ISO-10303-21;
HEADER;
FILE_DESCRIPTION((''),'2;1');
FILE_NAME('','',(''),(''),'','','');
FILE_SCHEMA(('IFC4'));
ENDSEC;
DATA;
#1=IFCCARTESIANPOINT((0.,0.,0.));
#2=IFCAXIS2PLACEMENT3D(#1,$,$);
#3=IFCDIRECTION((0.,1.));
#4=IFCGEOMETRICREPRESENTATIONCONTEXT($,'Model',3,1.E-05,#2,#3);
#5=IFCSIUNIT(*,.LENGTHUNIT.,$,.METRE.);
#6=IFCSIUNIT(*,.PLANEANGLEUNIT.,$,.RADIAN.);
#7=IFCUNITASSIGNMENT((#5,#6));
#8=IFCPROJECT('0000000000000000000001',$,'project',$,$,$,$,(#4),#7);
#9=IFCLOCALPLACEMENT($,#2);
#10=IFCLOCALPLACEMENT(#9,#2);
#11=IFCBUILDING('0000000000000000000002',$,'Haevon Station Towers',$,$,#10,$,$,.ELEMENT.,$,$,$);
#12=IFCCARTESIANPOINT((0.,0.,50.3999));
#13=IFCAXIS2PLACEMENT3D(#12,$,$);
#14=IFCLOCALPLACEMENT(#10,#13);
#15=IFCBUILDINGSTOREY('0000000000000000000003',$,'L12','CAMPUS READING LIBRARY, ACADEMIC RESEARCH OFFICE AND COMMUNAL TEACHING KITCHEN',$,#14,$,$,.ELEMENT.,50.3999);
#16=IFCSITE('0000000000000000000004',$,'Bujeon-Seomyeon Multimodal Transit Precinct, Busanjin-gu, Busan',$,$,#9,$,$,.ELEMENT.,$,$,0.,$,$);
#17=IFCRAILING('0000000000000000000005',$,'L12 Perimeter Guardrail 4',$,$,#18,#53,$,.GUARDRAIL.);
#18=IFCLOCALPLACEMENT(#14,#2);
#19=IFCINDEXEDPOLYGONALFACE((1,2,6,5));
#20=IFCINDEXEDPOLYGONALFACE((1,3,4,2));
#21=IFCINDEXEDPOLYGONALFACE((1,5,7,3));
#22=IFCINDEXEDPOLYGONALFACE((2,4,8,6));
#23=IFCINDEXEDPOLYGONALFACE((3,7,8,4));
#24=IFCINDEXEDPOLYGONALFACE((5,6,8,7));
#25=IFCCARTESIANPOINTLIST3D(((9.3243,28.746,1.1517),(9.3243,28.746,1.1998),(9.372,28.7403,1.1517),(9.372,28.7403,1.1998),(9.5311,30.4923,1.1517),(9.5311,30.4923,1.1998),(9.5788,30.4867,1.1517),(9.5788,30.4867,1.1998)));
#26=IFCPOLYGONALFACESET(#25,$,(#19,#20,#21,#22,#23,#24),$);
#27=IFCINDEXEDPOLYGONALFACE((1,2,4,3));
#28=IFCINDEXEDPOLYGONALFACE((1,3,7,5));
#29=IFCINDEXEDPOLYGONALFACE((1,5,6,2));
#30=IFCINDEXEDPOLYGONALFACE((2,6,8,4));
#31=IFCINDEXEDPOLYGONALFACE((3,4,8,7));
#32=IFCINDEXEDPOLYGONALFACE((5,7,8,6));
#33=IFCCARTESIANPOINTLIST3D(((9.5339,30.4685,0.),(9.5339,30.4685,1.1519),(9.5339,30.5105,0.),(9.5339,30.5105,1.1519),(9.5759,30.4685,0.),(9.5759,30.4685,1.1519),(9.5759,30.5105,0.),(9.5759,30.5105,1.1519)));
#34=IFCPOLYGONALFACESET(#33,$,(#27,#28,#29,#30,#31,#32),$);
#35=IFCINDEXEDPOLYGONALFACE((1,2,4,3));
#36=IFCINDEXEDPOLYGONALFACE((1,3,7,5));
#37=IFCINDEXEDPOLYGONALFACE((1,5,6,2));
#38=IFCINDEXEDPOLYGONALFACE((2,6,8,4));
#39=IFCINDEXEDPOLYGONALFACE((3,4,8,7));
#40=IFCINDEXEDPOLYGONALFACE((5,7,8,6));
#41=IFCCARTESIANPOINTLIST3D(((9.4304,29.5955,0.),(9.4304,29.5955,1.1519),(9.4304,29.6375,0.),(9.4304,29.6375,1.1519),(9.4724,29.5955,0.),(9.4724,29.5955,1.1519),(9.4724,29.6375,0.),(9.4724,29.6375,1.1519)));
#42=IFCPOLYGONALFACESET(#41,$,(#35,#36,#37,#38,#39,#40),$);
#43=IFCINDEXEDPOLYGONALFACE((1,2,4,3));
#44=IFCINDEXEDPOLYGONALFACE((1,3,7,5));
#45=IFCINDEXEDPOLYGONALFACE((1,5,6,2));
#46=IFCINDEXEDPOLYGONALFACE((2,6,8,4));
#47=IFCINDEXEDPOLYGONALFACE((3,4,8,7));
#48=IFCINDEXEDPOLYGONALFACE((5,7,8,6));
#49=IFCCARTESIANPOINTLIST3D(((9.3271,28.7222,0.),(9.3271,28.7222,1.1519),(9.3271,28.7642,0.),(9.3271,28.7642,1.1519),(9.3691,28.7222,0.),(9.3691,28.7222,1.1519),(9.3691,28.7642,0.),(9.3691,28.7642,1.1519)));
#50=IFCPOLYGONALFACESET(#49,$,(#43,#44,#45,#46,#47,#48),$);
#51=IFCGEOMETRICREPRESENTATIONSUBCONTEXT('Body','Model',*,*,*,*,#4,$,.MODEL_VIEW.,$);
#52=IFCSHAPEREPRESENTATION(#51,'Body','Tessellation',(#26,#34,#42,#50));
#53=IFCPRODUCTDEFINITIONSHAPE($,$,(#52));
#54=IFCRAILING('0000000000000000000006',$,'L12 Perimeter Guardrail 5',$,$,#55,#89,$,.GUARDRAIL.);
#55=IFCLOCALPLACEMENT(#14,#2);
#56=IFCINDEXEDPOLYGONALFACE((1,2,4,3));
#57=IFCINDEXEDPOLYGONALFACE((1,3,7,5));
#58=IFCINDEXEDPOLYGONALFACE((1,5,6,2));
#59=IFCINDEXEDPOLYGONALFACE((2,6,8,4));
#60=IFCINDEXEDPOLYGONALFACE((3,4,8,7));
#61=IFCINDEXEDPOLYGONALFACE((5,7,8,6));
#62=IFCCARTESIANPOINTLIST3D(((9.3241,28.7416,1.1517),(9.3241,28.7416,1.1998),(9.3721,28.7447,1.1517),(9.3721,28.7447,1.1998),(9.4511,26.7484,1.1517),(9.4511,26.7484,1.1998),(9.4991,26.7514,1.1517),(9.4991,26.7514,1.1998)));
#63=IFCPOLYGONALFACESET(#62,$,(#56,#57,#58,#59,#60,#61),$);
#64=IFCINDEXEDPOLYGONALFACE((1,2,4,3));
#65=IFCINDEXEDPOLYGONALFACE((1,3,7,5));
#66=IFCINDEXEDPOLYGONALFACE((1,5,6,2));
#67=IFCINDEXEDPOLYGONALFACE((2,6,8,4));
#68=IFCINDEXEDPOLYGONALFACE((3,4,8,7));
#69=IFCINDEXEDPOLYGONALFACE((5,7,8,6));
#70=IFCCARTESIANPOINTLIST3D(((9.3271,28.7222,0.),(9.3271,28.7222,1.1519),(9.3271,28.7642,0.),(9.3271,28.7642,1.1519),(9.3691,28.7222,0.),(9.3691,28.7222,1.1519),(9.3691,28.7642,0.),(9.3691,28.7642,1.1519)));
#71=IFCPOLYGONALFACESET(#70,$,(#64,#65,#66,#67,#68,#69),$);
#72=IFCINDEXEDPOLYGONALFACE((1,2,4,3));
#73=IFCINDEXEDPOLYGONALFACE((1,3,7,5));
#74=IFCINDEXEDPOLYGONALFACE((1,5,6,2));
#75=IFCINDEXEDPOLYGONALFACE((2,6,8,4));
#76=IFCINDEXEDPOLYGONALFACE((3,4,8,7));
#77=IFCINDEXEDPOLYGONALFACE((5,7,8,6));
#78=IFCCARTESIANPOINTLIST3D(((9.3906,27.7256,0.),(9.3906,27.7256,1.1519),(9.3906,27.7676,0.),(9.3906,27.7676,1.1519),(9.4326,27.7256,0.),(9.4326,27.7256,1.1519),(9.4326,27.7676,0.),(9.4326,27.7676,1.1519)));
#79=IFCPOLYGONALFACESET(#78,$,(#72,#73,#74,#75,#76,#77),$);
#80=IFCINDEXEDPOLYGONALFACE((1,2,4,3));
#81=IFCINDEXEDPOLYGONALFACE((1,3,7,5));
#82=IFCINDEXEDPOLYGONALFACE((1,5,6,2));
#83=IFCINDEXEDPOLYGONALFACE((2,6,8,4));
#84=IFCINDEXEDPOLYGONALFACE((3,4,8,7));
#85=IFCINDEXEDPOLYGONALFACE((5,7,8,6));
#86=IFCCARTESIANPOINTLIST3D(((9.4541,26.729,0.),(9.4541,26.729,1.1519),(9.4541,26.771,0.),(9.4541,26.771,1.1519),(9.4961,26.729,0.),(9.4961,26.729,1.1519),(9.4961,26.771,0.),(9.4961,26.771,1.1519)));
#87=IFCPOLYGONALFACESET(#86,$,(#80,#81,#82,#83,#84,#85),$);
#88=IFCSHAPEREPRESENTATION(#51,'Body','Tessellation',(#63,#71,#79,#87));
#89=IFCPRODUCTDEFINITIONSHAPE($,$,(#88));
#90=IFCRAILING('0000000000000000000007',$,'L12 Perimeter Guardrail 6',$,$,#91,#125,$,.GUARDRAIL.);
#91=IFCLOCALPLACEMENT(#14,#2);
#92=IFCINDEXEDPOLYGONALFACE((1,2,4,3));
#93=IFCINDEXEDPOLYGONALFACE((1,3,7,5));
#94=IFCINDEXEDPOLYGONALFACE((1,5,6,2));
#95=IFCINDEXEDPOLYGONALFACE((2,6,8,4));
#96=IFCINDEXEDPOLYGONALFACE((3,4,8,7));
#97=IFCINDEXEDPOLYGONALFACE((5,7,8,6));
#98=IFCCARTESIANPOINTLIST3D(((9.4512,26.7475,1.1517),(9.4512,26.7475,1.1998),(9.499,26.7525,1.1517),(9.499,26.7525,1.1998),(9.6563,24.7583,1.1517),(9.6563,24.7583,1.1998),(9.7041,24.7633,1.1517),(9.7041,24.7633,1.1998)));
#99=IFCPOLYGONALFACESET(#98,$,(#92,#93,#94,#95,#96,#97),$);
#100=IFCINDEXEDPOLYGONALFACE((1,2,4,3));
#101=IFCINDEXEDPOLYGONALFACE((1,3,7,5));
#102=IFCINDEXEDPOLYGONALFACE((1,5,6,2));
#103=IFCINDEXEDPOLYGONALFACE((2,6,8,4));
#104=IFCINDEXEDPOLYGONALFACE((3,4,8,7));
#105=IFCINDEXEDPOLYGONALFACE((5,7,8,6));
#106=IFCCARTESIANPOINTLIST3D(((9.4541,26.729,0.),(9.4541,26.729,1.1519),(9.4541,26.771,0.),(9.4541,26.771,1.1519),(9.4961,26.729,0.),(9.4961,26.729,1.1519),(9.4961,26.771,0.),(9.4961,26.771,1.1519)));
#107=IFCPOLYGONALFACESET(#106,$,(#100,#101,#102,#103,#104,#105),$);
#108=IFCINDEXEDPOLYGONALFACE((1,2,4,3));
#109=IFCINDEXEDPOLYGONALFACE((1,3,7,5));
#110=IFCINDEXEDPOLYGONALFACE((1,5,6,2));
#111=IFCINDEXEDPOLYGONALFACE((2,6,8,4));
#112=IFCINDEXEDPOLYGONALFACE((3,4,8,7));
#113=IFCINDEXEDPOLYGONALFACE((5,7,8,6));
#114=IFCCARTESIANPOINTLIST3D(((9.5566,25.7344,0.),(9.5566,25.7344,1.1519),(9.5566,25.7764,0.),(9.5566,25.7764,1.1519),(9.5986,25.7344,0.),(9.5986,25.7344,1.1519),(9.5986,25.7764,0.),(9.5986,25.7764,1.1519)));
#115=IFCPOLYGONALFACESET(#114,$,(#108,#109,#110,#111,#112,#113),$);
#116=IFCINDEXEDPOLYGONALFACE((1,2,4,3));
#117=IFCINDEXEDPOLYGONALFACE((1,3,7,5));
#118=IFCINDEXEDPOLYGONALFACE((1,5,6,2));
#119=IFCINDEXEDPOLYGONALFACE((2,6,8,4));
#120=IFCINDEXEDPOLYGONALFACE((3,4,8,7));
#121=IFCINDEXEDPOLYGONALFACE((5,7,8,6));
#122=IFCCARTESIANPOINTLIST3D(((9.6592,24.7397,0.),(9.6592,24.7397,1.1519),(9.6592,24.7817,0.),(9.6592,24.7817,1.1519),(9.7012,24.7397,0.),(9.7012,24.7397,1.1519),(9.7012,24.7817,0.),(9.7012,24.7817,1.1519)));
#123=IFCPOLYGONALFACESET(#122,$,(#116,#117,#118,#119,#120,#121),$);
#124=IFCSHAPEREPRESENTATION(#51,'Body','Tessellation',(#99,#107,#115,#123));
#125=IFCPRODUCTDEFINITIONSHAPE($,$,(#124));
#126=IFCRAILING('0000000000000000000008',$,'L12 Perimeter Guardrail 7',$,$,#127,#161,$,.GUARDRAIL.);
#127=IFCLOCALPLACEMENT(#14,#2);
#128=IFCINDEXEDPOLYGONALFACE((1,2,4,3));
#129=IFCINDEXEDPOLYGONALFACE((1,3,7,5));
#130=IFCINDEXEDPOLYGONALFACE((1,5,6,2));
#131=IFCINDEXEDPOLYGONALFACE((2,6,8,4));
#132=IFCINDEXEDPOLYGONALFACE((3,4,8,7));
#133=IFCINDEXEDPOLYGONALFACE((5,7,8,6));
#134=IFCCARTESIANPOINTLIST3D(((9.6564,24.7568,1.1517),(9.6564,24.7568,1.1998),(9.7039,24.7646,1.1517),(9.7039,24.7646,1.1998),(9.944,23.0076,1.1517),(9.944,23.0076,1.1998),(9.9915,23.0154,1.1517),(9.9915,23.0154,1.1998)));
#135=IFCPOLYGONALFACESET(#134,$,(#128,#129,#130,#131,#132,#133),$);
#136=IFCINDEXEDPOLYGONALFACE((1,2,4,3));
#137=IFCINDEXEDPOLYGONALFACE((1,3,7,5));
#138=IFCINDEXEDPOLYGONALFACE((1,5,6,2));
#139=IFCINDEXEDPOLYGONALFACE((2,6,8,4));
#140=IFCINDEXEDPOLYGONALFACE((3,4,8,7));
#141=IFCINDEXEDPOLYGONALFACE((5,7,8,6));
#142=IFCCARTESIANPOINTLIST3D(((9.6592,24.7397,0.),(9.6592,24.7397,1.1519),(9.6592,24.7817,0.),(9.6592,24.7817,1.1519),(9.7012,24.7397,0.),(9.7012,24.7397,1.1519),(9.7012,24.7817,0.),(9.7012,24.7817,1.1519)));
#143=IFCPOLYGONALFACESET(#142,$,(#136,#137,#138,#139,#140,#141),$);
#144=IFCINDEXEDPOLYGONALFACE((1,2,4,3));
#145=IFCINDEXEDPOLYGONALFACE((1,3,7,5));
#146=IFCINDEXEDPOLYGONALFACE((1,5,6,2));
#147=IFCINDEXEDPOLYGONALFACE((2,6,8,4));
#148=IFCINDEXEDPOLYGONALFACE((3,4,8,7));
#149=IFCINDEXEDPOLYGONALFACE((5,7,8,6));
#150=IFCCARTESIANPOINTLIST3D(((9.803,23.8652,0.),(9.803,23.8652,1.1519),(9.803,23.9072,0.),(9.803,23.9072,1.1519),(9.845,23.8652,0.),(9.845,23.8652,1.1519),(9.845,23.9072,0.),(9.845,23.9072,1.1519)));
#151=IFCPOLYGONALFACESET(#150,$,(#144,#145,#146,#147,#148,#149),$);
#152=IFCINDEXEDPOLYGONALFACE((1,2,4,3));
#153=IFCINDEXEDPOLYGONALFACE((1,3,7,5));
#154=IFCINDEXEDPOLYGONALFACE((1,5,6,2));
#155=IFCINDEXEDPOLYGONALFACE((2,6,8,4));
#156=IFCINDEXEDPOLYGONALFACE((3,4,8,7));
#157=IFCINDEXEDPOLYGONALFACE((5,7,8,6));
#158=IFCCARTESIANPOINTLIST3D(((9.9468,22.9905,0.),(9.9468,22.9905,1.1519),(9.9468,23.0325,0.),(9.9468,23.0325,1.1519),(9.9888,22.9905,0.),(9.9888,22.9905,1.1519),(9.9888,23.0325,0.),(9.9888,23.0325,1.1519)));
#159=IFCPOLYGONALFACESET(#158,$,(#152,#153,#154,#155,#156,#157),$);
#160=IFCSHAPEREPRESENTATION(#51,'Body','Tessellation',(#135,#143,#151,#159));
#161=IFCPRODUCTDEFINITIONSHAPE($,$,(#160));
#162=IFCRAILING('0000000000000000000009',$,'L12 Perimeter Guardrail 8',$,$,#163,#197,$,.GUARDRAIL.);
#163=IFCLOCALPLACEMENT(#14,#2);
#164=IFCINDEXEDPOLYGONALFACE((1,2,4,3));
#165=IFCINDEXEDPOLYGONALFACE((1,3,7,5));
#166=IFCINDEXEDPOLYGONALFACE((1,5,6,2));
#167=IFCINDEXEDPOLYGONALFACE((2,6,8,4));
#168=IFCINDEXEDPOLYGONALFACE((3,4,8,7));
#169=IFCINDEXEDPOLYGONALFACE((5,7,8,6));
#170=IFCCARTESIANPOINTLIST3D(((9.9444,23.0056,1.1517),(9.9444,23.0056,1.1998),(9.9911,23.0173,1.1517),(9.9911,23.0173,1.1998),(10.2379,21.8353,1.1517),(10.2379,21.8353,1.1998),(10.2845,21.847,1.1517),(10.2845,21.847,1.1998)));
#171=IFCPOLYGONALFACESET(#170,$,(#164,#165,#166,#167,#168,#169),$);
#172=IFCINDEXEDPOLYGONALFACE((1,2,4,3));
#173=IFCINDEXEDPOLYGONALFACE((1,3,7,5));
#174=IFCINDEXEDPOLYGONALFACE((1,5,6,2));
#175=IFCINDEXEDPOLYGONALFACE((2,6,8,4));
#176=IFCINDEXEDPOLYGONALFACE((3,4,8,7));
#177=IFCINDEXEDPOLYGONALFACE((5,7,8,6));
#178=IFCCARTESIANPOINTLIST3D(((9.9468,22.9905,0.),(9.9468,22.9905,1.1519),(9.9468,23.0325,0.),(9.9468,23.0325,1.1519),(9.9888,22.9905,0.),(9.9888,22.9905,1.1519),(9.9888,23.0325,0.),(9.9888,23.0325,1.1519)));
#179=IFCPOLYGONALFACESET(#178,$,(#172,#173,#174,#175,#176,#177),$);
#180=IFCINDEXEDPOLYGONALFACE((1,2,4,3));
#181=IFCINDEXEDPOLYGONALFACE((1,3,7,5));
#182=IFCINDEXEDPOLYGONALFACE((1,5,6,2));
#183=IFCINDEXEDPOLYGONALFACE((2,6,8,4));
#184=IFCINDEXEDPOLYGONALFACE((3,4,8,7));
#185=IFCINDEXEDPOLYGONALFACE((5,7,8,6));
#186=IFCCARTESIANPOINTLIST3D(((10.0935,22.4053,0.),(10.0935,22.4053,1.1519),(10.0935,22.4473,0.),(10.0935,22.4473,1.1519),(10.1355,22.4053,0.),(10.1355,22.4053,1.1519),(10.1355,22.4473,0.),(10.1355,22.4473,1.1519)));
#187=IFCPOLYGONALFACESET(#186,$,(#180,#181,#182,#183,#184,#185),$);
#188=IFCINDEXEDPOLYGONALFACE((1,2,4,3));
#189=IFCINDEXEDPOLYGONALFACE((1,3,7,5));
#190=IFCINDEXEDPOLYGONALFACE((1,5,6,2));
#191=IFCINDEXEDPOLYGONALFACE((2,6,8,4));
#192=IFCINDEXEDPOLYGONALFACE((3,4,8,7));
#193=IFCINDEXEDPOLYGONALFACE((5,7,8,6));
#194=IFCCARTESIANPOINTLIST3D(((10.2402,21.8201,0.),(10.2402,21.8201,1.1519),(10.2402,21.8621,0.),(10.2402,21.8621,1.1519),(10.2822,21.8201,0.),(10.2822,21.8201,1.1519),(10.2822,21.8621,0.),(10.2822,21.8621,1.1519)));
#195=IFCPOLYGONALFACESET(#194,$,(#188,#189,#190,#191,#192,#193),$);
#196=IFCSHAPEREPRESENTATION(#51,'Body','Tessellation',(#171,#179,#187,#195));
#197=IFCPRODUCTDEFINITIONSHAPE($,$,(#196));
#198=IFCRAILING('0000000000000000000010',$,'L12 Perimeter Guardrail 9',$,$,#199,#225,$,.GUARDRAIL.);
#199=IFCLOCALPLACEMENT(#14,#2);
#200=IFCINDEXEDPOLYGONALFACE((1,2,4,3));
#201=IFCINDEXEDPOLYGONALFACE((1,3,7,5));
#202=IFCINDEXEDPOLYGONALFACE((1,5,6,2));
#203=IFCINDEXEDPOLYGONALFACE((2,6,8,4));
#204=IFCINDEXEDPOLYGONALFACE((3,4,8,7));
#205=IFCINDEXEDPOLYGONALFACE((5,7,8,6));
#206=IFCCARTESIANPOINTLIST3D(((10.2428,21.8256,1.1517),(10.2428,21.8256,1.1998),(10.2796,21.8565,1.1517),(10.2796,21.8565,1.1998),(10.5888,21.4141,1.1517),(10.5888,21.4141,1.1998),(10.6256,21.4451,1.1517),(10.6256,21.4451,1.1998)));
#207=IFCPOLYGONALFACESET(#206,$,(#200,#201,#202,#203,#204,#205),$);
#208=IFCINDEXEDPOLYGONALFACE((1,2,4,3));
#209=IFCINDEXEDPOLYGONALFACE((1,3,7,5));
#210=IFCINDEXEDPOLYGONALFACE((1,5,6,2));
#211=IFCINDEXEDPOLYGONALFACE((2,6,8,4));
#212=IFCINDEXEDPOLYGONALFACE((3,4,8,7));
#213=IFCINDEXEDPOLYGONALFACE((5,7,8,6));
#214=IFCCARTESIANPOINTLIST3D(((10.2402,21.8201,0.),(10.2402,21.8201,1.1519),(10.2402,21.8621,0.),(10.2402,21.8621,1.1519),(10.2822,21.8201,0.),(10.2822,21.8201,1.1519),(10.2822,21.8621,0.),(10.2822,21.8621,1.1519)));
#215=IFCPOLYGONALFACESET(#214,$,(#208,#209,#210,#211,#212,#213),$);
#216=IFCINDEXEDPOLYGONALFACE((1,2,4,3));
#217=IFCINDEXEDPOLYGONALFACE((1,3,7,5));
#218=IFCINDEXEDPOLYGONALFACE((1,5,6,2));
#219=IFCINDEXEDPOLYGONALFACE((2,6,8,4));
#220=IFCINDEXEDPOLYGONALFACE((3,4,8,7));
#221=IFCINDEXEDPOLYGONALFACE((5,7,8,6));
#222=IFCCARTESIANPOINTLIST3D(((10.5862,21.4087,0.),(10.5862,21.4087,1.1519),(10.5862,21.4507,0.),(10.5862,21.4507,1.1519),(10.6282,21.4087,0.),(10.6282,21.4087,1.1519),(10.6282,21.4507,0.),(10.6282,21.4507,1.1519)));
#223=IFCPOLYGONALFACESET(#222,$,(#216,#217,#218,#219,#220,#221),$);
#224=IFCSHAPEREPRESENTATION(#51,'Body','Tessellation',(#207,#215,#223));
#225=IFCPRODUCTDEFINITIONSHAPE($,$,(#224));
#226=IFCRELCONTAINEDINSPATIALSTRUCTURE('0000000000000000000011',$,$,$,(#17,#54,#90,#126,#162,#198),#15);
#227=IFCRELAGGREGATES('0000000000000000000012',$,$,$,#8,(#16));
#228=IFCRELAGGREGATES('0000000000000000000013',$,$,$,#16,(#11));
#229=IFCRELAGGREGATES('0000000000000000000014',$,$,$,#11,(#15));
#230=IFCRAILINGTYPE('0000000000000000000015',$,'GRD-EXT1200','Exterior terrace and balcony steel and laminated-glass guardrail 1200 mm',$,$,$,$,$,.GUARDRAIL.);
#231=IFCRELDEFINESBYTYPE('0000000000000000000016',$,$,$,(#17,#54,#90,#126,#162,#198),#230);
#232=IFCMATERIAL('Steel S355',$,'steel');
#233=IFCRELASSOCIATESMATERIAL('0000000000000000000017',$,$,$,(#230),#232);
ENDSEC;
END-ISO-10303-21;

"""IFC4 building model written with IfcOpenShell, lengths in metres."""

from ifc_helpers import new_model, si_unit, direction, frame, origin, origin_2d, place, context, subcontext, project, spatial, rectangle, extrude, material, type_object, element, save


model = new_model("IFC4")

# Units and contexts
model_context = context("Model", 3, precision=1e-05, world=origin(), true_north=direction((0.0, 1.0)))
body_context = subcontext(model_context, "Body", "Model", "MODEL_VIEW")
ifc_project = project(units=[si_unit("LENGTHUNIT", "METRE"), si_unit("PLANEANGLEUNIT", "RADIAN")], contexts=[model_context])

# Site, building, storey
site_placement = place(None, origin())
site = spatial("IfcSite", under=ifc_project, at=site_placement, Name="Bujeon-Seomyeon Multimodal Transit Precinct, Busanjin-gu, Busan", CompositionType="ELEMENT", RefElevation=0.0)
building_placement = place(site_placement, origin())
building = spatial("IfcBuilding", under=site, at=building_placement, Name="Haevon Station Towers", CompositionType="ELEMENT")
storey_placement = place(building_placement, frame((0.0, 0.0, 50.3999)))
storey = spatial("IfcBuildingStorey", under=building, at=storey_placement, Name="L12", Description="CAMPUS READING LIBRARY, ACADEMIC RESEARCH OFFICE AND COMMUNAL TEACHING KITCHEN", CompositionType="ELEMENT", Elevation=50.3999)

# Shared definitions
ifc_material_1 = material(Name="Steel S355", Category="steel")

# Railings
railing_type = type_object("IfcRailingType", Name="GRD-EXT1200", Description="Exterior terrace and balcony steel and laminated-glass guardrail 1200 mm", PredefinedType="GUARDRAIL", material=ifc_material_1)
railing_1_placement = place(storey_placement, frame((9.5549, 30.4895, 0.0)))
element("IfcRailing", 1, at=railing_1_placement, inside=storey, type_object=railing_type, Name="L12 Perimeter Guardrail 4", PredefinedType="GUARDRAIL", context=body_context, shape_type="SweptSolid", body=[
    extrude(rectangle(XDim=0.0481, YDim=0.0481, at=origin_2d()), frame((0.0, 0.0, 1.1758), z_axis=(-0.11759, -0.993062, 0.0), x_axis=(0.993062, -0.11759, 0.0)), (0.0, 0.0, 1.0), 1.7585),
    extrude(rectangle(XDim=0.042, YDim=0.042, at=origin_2d()), origin(), (0.0, 0.0, 1.0), 1.1519),
    extrude(rectangle(XDim=0.042, YDim=0.042, at=origin_2d()), frame((-0.1035, -0.873, 0.0)), (0.0, 0.0, 1.0), 1.1519),
    extrude(rectangle(XDim=0.042, YDim=0.042, at=origin_2d()), frame((-0.2068, -1.7463, 0.0)), (0.0, 0.0, 1.0), 1.1519),
])
railing_2_placement = place(storey_placement, frame((9.3481, 28.7432, 0.0)))
element("IfcRailing", 2, at=railing_2_placement, inside=storey, type_object=railing_type, Name="L12 Perimeter Guardrail 5", PredefinedType="GUARDRAIL", context=body_context, shape_type="SweptSolid", body=[
    extrude(rectangle(XDim=0.0481, YDim=0.0481, at=origin_2d()), frame((0.0, 0.0, 1.1758), z_axis=(0.063565, -0.997978, 0.0), x_axis=(0.997978, 0.063565, 0.0)), (0.0, 0.0, 1.0), 1.9973),
    extrude(rectangle(XDim=0.042, YDim=0.042, at=origin_2d()), origin(), (0.0, 0.0, 1.0), 1.1519),
    extrude(rectangle(XDim=0.042, YDim=0.042, at=origin_2d()), frame((0.0635, -0.9966, 0.0)), (0.0, 0.0, 1.0), 1.1519),
    extrude(rectangle(XDim=0.042, YDim=0.042, at=origin_2d()), frame((0.127, -1.9932, 0.0)), (0.0, 0.0, 1.0), 1.1519),
])
railing_3_placement = place(storey_placement, frame((9.4751, 26.75, 0.0)))
element("IfcRailing", 3, at=railing_3_placement, inside=storey, type_object=railing_type, Name="L12 Perimeter Guardrail 6", PredefinedType="GUARDRAIL", context=body_context, shape_type="SweptSolid", body=[
    extrude(rectangle(XDim=0.0481, YDim=0.0481, at=origin_2d()), frame((0.0, 0.0, 1.1758), z_axis=(0.102549, -0.994728, 0.0), x_axis=(0.994728, 0.102549, 0.0)), (0.0, 0.0, 1.0), 1.9998),
    extrude(rectangle(XDim=0.042, YDim=0.042, at=origin_2d()), origin(), (0.0, 0.0, 1.0), 1.1519),
    extrude(rectangle(XDim=0.042, YDim=0.042, at=origin_2d()), frame((0.1025, -0.9946, 0.0)), (0.0, 0.0, 1.0), 1.1519),
    extrude(rectangle(XDim=0.042, YDim=0.042, at=origin_2d()), frame((0.2051, -1.9893, 0.0)), (0.0, 0.0, 1.0), 1.1519),
])
railing_4_placement = place(storey_placement, frame((9.6802, 24.7607, 0.0)))
element("IfcRailing", 4, at=railing_4_placement, inside=storey, type_object=railing_type, Name="L12 Perimeter Guardrail 7", PredefinedType="GUARDRAIL", context=body_context, shape_type="SweptSolid", body=[
    extrude(rectangle(XDim=0.0481, YDim=0.0481, at=origin_2d()), frame((0.0, 0.0, 1.1758), z_axis=(0.162232, -0.986753, 0.0), x_axis=(0.986753, 0.162232, 0.0)), (0.0, 0.0, 1.0), 1.7727),
    extrude(rectangle(XDim=0.042, YDim=0.042, at=origin_2d()), origin(), (0.0, 0.0, 1.0), 1.1519),
    extrude(rectangle(XDim=0.042, YDim=0.042, at=origin_2d()), frame((0.1438, -0.8745, 0.0)), (0.0, 0.0, 1.0), 1.1519),
    extrude(rectangle(XDim=0.042, YDim=0.042, at=origin_2d()), frame((0.2876, -1.7493, 0.0)), (0.0, 0.0, 1.0), 1.1519),
])
railing_5_placement = place(storey_placement, frame((9.9678, 23.0115, 0.0)))
element("IfcRailing", 5, at=railing_5_placement, inside=storey, type_object=railing_type, Name="L12 Perimeter Guardrail 8", PredefinedType="GUARDRAIL", context=body_context, shape_type="SweptSolid", body=[
    extrude(rectangle(XDim=0.0481, YDim=0.0481, at=origin_2d()), frame((0.0, 0.0, 1.1758), z_axis=(0.243202, -0.969976, 0.0), x_axis=(0.969976, 0.243202, 0.0)), (0.0, 0.0, 1.0), 1.2065),
    extrude(rectangle(XDim=0.042, YDim=0.042, at=origin_2d()), origin(), (0.0, 0.0, 1.0), 1.1519),
    extrude(rectangle(XDim=0.042, YDim=0.042, at=origin_2d()), frame((0.1467, -0.5852, 0.0)), (0.0, 0.0, 1.0), 1.1519),
    extrude(rectangle(XDim=0.042, YDim=0.042, at=origin_2d()), frame((0.2935, -1.1704, 0.0)), (0.0, 0.0, 1.0), 1.1519),
])
railing_6_placement = place(storey_placement, frame((10.2612, 21.8411, 0.0)))
element("IfcRailing", 6, at=railing_6_placement, inside=storey, type_object=railing_type, Name="L12 Perimeter Guardrail 9", PredefinedType="GUARDRAIL", context=body_context, shape_type="SweptSolid", body=[
    extrude(rectangle(XDim=0.0481, YDim=0.0481, at=origin_2d()), frame((0.0, 0.0, 1.1758), z_axis=(0.643618, -0.765347, 0.0), x_axis=(0.765347, 0.643618, 0.0)), (0.0, 0.0, 1.0), 0.5376),
    extrude(rectangle(XDim=0.042, YDim=0.042, at=origin_2d()), origin(), (0.0, 0.0, 1.0), 1.1519),
    extrude(rectangle(XDim=0.042, YDim=0.042, at=origin_2d()), frame((0.3459, -0.4114, 0.0)), (0.0, 0.0, 1.0), 1.1519),
])

save(model, "model.ifc")
